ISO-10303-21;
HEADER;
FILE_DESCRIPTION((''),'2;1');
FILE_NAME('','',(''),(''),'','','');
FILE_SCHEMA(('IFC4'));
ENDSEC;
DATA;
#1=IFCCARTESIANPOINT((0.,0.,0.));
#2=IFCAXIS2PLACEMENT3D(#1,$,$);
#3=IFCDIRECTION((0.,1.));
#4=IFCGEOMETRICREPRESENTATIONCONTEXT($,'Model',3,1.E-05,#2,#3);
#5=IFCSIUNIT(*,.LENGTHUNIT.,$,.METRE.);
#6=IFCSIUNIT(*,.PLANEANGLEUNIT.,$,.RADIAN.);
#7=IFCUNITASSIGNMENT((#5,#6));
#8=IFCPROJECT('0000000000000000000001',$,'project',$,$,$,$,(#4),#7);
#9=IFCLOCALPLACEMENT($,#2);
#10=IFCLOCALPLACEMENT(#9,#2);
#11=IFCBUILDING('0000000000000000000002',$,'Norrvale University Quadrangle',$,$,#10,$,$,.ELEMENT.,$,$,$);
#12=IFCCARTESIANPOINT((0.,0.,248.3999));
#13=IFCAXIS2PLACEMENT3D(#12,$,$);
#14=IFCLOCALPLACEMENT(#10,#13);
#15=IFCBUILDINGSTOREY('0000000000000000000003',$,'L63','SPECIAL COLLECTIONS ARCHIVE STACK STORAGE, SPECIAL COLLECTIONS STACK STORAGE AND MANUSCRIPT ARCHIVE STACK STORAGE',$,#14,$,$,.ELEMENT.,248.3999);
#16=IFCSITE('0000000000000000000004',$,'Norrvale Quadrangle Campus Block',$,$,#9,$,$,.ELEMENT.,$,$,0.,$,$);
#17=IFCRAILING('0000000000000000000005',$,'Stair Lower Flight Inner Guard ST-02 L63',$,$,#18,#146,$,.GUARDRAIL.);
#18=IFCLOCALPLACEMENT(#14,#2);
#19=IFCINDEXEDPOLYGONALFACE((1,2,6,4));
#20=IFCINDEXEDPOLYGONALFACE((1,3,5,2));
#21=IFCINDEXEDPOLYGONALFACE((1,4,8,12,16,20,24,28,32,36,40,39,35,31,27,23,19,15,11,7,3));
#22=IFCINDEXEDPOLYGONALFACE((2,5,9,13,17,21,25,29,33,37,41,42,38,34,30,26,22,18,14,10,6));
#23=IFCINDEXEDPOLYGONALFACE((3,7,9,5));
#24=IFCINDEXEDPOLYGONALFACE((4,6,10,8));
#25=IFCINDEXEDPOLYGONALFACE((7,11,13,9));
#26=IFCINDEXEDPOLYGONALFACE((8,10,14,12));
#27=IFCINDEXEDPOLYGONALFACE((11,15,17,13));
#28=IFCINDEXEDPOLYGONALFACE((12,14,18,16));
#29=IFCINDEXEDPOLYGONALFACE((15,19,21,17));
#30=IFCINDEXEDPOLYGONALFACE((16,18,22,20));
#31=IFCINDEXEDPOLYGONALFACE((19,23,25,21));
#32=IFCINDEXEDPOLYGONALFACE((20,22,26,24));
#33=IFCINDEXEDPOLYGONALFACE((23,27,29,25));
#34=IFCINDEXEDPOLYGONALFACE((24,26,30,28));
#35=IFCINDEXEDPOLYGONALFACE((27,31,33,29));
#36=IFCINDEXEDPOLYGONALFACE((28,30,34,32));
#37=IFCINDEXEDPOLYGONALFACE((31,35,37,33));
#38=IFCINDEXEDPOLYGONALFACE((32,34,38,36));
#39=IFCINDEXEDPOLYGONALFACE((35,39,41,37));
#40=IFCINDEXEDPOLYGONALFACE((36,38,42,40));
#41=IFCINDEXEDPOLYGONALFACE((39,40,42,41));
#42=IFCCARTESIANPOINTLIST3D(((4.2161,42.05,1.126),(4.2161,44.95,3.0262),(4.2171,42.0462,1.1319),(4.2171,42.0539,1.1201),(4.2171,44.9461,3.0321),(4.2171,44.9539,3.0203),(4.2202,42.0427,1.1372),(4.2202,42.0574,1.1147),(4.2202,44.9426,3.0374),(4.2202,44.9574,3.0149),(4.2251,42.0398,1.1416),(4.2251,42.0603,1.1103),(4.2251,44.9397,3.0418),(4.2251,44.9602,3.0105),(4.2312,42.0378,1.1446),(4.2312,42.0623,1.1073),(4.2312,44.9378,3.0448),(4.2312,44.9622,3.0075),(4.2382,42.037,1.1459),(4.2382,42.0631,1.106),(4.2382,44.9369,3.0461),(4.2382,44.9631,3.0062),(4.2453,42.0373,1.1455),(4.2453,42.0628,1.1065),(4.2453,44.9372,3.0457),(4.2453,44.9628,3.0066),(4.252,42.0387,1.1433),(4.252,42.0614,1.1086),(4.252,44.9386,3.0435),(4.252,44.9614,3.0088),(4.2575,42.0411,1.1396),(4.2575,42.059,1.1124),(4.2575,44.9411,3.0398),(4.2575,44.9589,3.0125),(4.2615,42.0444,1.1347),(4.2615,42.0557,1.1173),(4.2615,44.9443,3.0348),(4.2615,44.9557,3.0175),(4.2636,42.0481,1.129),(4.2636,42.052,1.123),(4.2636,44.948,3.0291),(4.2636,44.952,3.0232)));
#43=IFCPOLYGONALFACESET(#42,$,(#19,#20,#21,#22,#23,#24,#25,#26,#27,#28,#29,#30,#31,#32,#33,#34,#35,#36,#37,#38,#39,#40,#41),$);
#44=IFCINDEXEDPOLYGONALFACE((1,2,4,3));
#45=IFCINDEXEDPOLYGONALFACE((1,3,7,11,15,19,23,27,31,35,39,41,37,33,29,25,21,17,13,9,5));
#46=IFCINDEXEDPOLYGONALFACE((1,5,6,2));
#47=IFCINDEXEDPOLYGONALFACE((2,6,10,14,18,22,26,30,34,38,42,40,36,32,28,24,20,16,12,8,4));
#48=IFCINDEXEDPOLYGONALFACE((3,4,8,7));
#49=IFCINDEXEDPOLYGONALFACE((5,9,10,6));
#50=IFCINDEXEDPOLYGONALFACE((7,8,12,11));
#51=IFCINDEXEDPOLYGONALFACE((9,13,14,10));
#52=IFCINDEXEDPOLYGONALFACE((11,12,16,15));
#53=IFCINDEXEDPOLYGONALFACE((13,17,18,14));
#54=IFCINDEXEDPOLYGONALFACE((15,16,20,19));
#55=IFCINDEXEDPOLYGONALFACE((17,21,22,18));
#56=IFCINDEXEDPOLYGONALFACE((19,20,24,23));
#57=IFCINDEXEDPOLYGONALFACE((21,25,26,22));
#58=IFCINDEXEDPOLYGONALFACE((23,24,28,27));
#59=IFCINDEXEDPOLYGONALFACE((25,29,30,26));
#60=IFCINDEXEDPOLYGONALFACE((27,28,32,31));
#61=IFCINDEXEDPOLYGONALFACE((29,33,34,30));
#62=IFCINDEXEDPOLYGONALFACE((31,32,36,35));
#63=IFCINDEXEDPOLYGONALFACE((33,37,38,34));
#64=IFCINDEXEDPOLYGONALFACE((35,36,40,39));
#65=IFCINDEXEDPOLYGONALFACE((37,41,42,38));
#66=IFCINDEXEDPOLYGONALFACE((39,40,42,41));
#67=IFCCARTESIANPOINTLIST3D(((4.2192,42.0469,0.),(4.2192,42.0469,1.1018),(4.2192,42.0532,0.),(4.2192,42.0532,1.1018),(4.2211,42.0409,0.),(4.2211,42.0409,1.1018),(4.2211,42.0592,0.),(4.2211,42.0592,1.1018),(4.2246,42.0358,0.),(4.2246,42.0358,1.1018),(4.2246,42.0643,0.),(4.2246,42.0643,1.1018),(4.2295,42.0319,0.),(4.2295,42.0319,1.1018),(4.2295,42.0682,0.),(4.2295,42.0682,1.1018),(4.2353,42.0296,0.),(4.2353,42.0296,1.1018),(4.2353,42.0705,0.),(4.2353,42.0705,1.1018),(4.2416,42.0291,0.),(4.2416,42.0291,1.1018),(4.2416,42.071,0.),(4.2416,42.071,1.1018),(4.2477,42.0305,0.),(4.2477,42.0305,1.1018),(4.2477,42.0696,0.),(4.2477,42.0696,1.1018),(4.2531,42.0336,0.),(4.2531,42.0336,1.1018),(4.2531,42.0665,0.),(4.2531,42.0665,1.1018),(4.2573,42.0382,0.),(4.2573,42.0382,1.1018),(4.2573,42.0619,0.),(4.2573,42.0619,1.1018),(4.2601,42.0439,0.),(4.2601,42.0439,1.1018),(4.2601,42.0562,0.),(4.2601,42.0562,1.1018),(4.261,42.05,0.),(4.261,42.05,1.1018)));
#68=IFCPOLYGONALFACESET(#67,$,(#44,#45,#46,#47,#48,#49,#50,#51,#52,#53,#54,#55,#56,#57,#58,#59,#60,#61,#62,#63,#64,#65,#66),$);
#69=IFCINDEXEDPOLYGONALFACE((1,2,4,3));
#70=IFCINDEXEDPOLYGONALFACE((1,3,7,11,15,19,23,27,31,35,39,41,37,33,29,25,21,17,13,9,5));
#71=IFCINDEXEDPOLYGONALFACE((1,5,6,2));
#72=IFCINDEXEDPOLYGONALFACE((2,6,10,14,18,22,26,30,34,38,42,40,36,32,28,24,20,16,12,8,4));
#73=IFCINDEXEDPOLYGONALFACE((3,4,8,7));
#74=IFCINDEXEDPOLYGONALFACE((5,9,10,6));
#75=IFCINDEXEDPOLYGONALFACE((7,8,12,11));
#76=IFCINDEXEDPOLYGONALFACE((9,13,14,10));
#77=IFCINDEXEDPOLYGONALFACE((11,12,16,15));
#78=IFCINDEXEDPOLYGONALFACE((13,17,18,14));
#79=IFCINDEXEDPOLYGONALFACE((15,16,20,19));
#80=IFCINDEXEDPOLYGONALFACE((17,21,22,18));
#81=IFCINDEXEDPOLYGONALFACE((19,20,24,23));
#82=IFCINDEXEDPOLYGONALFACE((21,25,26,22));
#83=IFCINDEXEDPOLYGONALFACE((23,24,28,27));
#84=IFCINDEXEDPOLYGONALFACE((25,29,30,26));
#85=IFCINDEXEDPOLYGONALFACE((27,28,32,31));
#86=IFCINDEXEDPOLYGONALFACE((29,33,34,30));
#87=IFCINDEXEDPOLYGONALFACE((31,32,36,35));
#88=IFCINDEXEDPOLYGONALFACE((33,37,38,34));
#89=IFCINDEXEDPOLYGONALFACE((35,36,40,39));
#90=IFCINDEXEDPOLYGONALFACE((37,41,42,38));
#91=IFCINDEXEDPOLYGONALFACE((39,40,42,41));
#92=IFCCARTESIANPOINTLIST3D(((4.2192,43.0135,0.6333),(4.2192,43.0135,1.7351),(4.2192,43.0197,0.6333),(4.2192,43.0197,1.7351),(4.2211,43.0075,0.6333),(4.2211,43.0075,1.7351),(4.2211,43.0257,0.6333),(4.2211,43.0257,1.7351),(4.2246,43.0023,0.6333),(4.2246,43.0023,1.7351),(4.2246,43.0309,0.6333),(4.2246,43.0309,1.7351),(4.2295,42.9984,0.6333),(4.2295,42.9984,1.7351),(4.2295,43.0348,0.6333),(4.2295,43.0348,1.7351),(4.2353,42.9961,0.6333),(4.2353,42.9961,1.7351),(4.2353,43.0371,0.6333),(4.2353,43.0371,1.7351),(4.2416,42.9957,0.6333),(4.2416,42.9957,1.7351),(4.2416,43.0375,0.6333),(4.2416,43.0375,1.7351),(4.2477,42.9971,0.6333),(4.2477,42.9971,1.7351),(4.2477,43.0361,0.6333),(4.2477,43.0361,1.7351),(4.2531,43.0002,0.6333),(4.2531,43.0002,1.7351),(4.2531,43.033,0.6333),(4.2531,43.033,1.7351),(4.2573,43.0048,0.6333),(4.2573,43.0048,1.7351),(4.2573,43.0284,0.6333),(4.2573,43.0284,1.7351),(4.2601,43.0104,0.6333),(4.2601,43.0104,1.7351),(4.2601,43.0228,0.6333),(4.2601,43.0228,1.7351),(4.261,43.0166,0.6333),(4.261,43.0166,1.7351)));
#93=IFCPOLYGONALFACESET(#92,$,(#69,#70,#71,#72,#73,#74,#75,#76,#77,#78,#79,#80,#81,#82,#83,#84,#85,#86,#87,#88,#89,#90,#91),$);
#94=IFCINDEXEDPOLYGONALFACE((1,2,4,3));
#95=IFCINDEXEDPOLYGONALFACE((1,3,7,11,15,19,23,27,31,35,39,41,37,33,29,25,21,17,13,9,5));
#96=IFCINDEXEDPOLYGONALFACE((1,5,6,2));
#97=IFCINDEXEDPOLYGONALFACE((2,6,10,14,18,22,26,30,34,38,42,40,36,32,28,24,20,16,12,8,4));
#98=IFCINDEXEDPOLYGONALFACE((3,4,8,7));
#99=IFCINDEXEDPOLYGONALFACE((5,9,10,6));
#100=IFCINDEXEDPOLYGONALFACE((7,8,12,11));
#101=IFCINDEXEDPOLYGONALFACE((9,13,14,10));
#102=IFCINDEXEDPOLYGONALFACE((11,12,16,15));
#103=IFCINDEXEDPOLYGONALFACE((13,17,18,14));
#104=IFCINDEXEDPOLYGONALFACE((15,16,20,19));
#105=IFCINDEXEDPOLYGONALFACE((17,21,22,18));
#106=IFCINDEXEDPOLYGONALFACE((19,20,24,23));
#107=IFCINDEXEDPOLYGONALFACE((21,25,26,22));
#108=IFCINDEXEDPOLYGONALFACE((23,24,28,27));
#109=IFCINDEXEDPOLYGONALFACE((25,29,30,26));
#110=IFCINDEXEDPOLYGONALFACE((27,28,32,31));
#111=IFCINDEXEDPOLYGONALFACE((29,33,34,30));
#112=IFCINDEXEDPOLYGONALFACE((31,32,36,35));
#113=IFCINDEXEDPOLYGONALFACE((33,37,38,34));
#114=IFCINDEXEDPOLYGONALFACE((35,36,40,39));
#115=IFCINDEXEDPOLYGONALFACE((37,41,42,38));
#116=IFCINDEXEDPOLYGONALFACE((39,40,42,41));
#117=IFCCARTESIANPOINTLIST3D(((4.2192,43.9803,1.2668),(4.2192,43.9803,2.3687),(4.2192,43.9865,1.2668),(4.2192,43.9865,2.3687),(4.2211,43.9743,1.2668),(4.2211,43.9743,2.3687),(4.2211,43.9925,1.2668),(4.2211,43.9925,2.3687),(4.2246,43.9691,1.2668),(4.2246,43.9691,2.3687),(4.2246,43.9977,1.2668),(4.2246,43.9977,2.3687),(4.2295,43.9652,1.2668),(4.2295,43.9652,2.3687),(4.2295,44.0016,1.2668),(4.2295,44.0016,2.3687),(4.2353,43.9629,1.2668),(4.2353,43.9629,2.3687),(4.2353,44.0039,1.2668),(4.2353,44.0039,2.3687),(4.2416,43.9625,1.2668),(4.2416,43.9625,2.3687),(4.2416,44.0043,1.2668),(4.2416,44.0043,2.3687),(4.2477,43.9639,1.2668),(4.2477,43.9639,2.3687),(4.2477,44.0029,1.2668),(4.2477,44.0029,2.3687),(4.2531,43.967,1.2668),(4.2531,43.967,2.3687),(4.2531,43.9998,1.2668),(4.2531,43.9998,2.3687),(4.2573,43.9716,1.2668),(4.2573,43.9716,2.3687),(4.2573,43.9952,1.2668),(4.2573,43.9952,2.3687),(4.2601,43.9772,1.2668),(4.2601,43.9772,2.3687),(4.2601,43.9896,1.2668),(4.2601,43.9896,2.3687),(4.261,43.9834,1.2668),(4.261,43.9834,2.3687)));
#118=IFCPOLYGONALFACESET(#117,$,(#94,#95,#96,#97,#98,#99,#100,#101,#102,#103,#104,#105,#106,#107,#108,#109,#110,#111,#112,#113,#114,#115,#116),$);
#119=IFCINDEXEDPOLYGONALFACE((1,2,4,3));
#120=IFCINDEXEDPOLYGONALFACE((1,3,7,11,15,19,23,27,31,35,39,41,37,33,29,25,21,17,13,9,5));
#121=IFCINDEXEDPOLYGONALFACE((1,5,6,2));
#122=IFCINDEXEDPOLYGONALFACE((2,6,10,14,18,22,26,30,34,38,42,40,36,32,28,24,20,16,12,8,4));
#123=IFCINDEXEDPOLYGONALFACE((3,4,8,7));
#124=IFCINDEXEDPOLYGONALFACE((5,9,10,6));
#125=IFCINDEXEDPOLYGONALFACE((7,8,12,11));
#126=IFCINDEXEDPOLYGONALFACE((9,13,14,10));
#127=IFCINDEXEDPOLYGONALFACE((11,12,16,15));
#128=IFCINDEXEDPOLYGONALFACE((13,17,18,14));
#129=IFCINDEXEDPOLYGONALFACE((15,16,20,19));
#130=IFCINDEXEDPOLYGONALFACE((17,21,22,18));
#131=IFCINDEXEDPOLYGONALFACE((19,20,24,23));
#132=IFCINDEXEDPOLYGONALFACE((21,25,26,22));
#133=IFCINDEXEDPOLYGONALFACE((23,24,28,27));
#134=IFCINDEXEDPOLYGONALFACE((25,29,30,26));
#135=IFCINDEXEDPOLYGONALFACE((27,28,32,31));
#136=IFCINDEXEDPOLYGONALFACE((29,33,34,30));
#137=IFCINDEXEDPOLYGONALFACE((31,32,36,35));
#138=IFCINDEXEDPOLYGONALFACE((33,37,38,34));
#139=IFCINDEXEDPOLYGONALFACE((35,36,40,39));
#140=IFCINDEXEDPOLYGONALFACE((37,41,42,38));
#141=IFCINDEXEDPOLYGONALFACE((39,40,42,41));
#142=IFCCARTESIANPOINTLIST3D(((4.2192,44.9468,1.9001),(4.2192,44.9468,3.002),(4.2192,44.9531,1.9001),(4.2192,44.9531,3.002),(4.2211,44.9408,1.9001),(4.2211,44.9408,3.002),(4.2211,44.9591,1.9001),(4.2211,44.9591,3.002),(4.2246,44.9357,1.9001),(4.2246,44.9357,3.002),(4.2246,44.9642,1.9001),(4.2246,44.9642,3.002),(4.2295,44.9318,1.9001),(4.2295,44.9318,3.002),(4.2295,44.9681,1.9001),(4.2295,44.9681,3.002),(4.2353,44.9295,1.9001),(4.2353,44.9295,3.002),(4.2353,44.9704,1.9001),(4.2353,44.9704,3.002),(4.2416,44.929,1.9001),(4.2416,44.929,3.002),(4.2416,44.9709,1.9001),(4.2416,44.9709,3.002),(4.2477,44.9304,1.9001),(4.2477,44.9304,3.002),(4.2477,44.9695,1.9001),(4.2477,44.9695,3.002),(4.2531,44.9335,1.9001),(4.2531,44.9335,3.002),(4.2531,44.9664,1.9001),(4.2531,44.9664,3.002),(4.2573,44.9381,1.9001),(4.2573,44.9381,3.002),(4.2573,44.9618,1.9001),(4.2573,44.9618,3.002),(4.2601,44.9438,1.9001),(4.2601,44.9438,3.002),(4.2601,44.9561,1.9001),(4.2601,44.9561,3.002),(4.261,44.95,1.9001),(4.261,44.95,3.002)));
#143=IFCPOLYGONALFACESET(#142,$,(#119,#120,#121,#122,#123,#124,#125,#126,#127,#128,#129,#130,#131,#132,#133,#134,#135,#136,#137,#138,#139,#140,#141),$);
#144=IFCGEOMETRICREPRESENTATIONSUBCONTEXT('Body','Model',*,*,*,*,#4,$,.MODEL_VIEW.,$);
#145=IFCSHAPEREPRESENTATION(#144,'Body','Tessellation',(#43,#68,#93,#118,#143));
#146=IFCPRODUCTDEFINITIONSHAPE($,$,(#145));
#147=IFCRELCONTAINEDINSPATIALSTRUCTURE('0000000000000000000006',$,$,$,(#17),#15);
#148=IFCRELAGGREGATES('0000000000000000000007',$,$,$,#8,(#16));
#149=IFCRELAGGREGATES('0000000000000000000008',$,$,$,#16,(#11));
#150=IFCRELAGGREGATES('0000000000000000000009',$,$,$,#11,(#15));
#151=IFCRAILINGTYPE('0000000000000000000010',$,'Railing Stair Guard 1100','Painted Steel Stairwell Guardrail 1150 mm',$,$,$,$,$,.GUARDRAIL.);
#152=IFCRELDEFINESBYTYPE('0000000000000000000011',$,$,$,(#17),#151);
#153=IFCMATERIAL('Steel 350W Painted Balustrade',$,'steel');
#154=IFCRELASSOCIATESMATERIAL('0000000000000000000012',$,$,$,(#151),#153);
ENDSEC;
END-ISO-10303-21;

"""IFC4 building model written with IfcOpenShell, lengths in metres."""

from ifc_helpers import new_model, si_unit, direction, frame, origin, origin_2d, place, context, subcontext, project, spatial, circle, extrude, material, type_object, element, save


model = new_model("IFC4")

# Units and contexts
model_context = context("Model", 3, precision=1e-05, world=origin(), true_north=direction((0.0, 1.0)))
body_context = subcontext(model_context, "Body", "Model", "MODEL_VIEW")
ifc_project = project(units=[si_unit("LENGTHUNIT", "METRE"), si_unit("PLANEANGLEUNIT", "RADIAN")], contexts=[model_context])

# Site, building, storey
site_placement = place(None, origin())
site = spatial("IfcSite", under=ifc_project, at=site_placement, Name="Norrvale Quadrangle Campus Block", CompositionType="ELEMENT", RefElevation=0.0)
building_placement = place(site_placement, origin())
building = spatial("IfcBuilding", under=site, at=building_placement, Name="Norrvale University Quadrangle", CompositionType="ELEMENT")
storey_placement = place(building_placement, frame((0.0, 0.0, 248.3999)))
storey = spatial("IfcBuildingStorey", under=building, at=storey_placement, Name="L63", Description="SPECIAL COLLECTIONS ARCHIVE STACK STORAGE, SPECIAL COLLECTIONS STACK STORAGE AND MANUSCRIPT ARCHIVE STACK STORAGE", CompositionType="ELEMENT", Elevation=248.3999)

# Railing
ifc_material_1 = material(Name="Steel 350W Painted Balustrade", Category="steel")
railing_type_1 = type_object("IfcRailingType", Name="Railing Stair Guard 1100", Description="Painted Steel Stairwell Guardrail 1150 mm", PredefinedType="GUARDRAIL", material=ifc_material_1)
railing_1_placement = place(storey_placement, frame((4.24, 42.05, 0.0)))
element("IfcRailing", 1, at=railing_1_placement, inside=storey, type_object=railing_type_1, Name="Stair Lower Flight Inner Guard ST-02 L63", PredefinedType="GUARDRAIL", context=body_context, shape_type="SweptSolid", body=[
    extrude(circle(Radius=0.0239, at=origin_2d()), frame((0.0, 0.0, 1.126), z_axis=(0.0, 0.836433, 0.548069), x_axis=(-1.0, 0.0, 0.0)), (0.0, 0.0, 1.0), 3.467),
    extrude(circle(Radius=0.021, at=origin_2d()), origin(), (0.0, 0.0, 1.0), 1.1018),
    extrude(circle(Radius=0.021, at=origin_2d()), frame((0.0, 0.9666, 0.6333)), (0.0, 0.0, 1.0), 1.1018),
    extrude(circle(Radius=0.021, at=origin_2d()), frame((0.0, 1.9333, 1.2668)), (0.0, 0.0, 1.0), 1.1018),
    extrude(circle(Radius=0.021, at=origin_2d()), frame((0.0, 2.8999, 1.9001)), (0.0, 0.0, 1.0), 1.1018),
])

save(model, "model.ifc")
